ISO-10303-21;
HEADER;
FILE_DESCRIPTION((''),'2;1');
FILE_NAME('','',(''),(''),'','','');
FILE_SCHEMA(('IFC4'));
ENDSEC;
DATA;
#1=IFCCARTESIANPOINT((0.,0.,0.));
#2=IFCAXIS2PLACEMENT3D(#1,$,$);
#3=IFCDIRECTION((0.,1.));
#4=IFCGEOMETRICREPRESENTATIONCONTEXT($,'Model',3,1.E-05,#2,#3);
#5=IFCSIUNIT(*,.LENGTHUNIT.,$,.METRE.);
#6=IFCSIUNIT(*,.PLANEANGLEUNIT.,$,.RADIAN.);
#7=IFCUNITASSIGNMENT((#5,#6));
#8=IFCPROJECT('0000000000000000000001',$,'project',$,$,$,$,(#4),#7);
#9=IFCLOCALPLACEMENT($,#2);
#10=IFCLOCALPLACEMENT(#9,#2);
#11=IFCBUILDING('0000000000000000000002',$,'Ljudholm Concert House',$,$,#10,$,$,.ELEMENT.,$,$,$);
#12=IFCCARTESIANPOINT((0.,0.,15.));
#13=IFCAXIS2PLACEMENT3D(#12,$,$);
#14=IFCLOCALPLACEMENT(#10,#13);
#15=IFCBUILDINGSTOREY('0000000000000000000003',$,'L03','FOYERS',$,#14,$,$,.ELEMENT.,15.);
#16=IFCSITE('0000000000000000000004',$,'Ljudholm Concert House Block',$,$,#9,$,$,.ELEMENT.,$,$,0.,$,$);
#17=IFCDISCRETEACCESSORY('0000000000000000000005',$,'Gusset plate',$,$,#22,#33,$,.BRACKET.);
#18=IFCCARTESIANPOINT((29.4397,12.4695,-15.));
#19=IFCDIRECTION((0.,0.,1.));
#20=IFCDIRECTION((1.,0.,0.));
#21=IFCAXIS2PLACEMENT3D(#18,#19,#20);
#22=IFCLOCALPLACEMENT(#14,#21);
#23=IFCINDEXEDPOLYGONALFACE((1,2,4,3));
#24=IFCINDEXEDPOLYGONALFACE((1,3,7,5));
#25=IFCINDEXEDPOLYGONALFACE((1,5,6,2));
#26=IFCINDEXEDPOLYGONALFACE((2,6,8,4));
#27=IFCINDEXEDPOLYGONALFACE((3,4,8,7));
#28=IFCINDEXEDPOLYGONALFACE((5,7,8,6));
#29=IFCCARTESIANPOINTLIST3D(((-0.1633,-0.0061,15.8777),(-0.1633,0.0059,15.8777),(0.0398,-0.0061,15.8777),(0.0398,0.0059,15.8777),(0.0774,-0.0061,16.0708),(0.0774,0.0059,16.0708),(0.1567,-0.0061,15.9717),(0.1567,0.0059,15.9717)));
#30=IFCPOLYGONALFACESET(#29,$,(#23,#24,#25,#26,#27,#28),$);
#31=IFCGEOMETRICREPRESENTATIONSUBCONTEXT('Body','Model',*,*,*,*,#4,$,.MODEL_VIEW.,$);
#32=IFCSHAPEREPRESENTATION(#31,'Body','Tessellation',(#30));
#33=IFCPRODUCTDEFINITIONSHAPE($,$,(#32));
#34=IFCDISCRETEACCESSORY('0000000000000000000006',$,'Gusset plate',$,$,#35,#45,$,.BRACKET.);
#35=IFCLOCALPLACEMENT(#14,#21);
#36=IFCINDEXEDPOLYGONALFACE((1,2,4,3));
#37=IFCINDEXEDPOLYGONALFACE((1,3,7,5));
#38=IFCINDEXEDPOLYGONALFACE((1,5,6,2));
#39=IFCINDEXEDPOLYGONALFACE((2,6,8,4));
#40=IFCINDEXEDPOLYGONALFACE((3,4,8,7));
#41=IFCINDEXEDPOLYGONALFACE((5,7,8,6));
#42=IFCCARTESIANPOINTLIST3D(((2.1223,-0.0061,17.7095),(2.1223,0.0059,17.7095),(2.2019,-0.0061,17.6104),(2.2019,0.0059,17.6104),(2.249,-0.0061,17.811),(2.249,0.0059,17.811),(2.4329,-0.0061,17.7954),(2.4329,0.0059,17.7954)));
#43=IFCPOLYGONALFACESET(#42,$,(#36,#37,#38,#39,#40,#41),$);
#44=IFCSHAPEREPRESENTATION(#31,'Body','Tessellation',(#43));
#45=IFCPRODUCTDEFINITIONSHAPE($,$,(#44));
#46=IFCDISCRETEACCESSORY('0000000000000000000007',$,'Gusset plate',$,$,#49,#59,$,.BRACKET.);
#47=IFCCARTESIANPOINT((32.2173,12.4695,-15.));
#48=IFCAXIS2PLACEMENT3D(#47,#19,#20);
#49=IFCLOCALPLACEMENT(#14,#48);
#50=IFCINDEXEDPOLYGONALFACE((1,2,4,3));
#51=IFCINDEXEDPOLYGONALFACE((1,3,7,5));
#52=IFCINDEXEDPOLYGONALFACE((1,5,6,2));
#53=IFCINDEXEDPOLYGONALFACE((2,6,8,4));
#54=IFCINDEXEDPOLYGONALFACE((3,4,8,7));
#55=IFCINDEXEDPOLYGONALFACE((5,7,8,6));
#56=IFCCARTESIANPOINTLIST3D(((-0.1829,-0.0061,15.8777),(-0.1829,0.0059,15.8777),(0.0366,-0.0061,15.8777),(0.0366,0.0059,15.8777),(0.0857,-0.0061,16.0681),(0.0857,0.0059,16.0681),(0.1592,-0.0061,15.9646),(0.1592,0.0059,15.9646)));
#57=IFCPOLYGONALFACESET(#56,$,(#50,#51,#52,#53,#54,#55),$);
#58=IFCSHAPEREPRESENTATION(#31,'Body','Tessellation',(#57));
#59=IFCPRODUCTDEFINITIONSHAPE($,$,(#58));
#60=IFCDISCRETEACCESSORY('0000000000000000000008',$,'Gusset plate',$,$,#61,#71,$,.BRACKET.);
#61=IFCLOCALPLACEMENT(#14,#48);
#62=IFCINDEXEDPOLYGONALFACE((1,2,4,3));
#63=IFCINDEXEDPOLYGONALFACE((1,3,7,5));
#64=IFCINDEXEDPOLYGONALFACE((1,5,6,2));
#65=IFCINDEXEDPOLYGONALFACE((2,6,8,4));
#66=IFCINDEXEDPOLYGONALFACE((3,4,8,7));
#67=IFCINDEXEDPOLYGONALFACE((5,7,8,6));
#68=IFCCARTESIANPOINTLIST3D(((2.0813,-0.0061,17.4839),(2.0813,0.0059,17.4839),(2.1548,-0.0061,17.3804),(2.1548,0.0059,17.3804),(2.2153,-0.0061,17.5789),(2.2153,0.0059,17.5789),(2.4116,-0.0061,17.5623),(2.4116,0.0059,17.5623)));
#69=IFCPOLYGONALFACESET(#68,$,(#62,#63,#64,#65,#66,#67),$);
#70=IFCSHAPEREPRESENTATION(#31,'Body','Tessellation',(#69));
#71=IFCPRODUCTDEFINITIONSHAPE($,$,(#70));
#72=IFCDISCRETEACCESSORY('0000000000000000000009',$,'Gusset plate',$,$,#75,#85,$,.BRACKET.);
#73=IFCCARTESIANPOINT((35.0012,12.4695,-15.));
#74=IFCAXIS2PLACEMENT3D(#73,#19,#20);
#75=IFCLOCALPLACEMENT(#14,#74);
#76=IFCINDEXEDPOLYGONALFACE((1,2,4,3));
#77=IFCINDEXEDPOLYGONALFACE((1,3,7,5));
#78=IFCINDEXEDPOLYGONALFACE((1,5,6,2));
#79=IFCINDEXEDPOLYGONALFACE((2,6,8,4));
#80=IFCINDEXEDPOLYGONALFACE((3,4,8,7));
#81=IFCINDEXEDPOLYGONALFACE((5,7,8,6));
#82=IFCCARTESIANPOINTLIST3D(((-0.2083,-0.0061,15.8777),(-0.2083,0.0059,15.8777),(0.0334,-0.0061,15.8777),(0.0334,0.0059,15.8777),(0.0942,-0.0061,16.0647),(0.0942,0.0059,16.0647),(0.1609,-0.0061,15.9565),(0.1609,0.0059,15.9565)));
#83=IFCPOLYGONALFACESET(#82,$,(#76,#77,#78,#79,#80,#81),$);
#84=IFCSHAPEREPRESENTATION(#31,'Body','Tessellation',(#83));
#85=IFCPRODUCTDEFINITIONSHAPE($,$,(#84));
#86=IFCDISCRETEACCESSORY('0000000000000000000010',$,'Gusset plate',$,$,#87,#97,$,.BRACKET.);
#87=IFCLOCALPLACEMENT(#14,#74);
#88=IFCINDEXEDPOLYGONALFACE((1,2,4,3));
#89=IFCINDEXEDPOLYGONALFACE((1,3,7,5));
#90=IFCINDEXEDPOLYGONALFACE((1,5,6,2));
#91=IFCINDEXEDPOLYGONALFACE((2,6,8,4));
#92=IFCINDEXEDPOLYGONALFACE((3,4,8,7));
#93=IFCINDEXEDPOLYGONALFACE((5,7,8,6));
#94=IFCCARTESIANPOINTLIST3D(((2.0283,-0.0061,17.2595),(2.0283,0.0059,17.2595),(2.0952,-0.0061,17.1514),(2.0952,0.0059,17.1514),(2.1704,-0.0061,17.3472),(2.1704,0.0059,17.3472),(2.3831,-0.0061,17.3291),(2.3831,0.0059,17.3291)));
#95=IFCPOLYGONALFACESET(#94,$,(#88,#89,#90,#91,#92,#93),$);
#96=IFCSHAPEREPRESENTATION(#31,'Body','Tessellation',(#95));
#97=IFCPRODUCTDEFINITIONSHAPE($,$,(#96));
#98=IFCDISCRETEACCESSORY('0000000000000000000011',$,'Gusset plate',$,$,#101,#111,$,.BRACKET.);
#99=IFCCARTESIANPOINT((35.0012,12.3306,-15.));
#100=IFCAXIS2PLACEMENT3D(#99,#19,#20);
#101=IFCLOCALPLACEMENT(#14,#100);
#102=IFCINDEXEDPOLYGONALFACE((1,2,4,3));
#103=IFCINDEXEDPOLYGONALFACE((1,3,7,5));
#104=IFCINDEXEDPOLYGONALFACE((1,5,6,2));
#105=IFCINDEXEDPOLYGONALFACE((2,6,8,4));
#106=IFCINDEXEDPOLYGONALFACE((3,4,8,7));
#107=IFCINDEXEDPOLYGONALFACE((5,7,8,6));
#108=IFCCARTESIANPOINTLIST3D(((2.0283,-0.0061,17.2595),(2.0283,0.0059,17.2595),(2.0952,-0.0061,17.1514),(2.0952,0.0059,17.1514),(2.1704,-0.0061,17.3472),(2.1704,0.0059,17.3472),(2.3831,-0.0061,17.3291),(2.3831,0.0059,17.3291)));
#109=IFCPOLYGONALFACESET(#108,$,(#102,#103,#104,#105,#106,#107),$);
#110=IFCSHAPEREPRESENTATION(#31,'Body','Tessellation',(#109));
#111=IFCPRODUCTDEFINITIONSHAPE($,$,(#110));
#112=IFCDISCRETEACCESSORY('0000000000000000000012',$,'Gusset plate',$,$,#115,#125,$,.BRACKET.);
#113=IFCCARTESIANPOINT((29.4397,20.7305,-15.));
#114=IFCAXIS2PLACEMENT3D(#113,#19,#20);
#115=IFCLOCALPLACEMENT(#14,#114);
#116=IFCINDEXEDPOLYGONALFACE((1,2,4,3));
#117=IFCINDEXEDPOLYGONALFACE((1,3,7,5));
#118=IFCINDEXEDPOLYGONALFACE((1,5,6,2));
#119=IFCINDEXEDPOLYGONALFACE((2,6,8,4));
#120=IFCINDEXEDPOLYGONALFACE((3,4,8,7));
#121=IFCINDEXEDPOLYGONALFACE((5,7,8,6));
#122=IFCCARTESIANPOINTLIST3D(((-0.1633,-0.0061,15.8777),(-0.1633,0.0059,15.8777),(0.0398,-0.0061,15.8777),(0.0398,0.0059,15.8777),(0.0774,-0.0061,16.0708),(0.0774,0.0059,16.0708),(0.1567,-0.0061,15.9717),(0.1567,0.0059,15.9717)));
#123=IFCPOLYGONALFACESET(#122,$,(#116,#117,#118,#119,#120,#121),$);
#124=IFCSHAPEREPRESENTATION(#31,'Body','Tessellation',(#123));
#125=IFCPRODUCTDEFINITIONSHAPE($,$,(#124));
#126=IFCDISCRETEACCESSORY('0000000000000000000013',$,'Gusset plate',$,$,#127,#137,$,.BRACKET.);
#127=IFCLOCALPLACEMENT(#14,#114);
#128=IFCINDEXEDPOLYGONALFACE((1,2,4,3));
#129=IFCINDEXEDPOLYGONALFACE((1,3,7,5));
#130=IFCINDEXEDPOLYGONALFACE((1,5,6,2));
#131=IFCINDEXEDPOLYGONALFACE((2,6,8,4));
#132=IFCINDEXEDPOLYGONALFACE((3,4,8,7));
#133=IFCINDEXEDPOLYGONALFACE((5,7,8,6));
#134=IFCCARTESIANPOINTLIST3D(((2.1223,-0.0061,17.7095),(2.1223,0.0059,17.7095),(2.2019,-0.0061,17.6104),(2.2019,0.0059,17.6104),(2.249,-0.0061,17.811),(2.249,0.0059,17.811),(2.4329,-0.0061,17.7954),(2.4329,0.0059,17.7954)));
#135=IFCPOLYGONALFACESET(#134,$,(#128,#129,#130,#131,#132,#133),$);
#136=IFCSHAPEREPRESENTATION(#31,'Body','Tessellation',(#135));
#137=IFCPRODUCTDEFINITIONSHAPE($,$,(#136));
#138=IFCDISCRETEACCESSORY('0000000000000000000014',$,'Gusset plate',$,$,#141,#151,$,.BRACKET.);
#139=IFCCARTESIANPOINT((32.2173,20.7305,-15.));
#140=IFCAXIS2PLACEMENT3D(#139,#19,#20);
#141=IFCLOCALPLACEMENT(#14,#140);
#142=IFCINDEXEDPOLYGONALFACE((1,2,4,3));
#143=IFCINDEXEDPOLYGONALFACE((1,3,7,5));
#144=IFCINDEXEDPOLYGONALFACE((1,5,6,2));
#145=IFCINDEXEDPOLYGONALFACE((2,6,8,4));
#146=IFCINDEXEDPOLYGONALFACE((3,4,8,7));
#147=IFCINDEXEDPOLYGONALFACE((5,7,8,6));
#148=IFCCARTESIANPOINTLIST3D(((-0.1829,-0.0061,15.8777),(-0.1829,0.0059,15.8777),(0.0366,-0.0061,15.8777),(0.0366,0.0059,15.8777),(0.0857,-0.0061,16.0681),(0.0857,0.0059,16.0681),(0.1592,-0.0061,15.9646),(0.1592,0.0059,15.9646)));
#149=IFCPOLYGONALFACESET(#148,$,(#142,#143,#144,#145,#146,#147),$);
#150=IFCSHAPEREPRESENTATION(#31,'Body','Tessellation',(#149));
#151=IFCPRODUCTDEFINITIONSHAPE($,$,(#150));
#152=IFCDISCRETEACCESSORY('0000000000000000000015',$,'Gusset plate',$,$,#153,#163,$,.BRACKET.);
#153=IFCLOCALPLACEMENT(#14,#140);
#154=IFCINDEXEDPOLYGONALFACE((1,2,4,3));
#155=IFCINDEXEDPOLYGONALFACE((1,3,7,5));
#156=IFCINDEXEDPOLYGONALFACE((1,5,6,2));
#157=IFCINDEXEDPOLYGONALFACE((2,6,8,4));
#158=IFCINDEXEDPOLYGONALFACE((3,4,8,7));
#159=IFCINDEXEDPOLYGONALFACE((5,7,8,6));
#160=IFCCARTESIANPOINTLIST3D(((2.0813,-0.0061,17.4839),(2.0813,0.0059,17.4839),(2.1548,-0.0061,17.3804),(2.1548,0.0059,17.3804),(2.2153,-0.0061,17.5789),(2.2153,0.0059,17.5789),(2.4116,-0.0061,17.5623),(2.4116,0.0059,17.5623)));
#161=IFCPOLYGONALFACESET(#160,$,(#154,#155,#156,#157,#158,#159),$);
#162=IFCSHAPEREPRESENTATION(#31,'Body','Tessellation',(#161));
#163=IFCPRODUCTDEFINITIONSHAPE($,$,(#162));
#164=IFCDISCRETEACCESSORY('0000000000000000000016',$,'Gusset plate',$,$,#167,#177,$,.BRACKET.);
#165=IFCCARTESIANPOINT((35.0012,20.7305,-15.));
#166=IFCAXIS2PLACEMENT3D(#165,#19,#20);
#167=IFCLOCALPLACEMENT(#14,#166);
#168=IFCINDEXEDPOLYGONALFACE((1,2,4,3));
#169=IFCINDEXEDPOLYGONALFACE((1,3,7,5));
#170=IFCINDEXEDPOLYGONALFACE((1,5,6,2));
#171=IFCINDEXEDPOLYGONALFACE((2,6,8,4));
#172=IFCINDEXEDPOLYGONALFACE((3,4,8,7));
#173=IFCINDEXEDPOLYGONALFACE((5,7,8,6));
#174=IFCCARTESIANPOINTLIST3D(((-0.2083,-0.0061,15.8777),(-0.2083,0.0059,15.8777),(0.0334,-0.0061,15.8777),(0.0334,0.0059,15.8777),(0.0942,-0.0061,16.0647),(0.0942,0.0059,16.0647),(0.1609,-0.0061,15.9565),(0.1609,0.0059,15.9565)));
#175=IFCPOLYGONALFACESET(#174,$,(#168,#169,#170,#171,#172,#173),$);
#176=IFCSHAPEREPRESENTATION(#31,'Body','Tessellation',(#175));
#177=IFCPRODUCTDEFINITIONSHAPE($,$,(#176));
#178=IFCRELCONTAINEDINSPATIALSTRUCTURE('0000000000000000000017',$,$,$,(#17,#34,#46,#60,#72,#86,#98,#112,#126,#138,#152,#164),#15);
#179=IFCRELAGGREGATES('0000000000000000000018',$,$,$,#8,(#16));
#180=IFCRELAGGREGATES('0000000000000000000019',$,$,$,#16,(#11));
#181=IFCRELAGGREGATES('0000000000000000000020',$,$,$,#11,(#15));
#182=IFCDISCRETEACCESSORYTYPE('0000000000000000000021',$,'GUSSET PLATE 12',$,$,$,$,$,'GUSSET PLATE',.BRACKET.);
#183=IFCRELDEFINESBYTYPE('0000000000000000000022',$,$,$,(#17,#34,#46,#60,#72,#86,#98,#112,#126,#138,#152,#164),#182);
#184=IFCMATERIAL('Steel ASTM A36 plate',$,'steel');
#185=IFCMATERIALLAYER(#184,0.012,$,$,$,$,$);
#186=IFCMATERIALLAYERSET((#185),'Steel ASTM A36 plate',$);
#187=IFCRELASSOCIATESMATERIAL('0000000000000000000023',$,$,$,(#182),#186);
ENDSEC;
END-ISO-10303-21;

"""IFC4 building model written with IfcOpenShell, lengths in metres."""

from ifc_helpers import new_model, si_unit, direction, frame, origin, place, context, subcontext, project, spatial, polyline, outline, extrude, material, layer, layer_set, type_object, element, save


model = new_model("IFC4")

# Units and contexts
model_context = context("Model", 3, precision=1e-05, world=origin(), true_north=direction((0.0, 1.0)))
body_context = subcontext(model_context, "Body", "Model", "MODEL_VIEW")
ifc_project = project(units=[si_unit("LENGTHUNIT", "METRE"), si_unit("PLANEANGLEUNIT", "RADIAN")], contexts=[model_context])

# Site, building, storey
site_placement = place(None, origin())
site = spatial("IfcSite", under=ifc_project, at=site_placement, Name="Ljudholm Concert House Block", CompositionType="ELEMENT", RefElevation=0.0)
building_placement = place(site_placement, origin())
building = spatial("IfcBuilding", under=site, at=building_placement, Name="Ljudholm Concert House", CompositionType="ELEMENT")
storey_placement = place(building_placement, frame((0.0, 0.0, 15.0)))
storey = spatial("IfcBuildingStorey", under=building, at=storey_placement, Name="L03", Description="FOYERS", CompositionType="ELEMENT", Elevation=15.0)

# Discrete accessories
ifc_material_1 = material(Name="Steel ASTM A36 plate", Category="steel")
ifc_layer_1 = layer(ifc_material_1, 0.012)
ifc_layer_set_1 = layer_set([ifc_layer_1], Name="Steel ASTM A36 plate")
discrete_accessory_type_1 = type_object("IfcDiscreteAccessoryType", Name="GUSSET PLATE 12", ElementType="GUSSET PLATE", PredefinedType="BRACKET", material=ifc_layer_set_1)
discrete_accessory_1_placement = place(storey_placement, frame((29.4397, 12.4695, -15.0), z_axis=(0.0, 0.0, 1.0), x_axis=(1.0, 0.0, 0.0)))
element("IfcDiscreteAccessory", 1, at=discrete_accessory_1_placement, inside=storey, type_object=discrete_accessory_type_1, Name="Gusset plate", PredefinedType="BRACKET", context=body_context, shape_type="SweptSolid", body=[
    extrude(outline(polyline([(0.1567, 15.9717), (0.0398, 15.8777), (-0.1633, 15.8777), (0.0774, 16.0708), (0.1567, 15.9717)])), frame((0.0, 0.0059, 0.0), z_axis=(0.0, -1.0, 0.0), x_axis=(1.0, 0.0, 0.0)), (0.0, 0.0, 1.0), 0.012),
])
discrete_accessory_2_placement = place(storey_placement, frame((29.4397, 12.4695, -15.0), z_axis=(0.0, 0.0, 1.0), x_axis=(1.0, 0.0, 0.0)))
element("IfcDiscreteAccessory", 2, at=discrete_accessory_2_placement, inside=storey, type_object=discrete_accessory_type_1, Name="Gusset plate", PredefinedType="BRACKET", context=body_context, shape_type="SweptSolid", body=[
    extrude(outline(polyline([(2.1223, 17.7095), (2.249, 17.811), (2.4329, 17.7954), (2.2019, 17.6104), (2.1223, 17.7095)])), frame((0.0, 0.0059, 0.0), z_axis=(0.0, -1.0, 0.0), x_axis=(1.0, 0.0, 0.0)), (0.0, 0.0, 1.0), 0.012),
])
discrete_accessory_3_placement = place(storey_placement, frame((32.2173, 12.4695, -15.0), z_axis=(0.0, 0.0, 1.0), x_axis=(1.0, 0.0, 0.0)))
element("IfcDiscreteAccessory", 3, at=discrete_accessory_3_placement, inside=storey, type_object=discrete_accessory_type_1, Name="Gusset plate", PredefinedType="BRACKET", context=body_context, shape_type="SweptSolid", body=[
    extrude(outline(polyline([(0.1592, 15.9646), (0.0366, 15.8777), (-0.1829, 15.8777), (0.0857, 16.0681), (0.1592, 15.9646)])), frame((0.0, 0.0059, 0.0), z_axis=(0.0, -1.0, 0.0), x_axis=(1.0, 0.0, 0.0)), (0.0, 0.0, 1.0), 0.012),
])
discrete_accessory_4_placement = place(storey_placement, frame((32.2173, 12.4695, -15.0), z_axis=(0.0, 0.0, 1.0), x_axis=(1.0, 0.0, 0.0)))
element("IfcDiscreteAccessory", 4, at=discrete_accessory_4_placement, inside=storey, type_object=discrete_accessory_type_1, Name="Gusset plate", PredefinedType="BRACKET", context=body_context, shape_type="SweptSolid", body=[
    extrude(outline(polyline([(2.0813, 17.4839), (2.2153, 17.5789), (2.4116, 17.5623), (2.1548, 17.3804), (2.0813, 17.4839)])), frame((0.0, 0.0059, 0.0), z_axis=(0.0, -1.0, 0.0), x_axis=(1.0, 0.0, 0.0)), (0.0, 0.0, 1.0), 0.012),
])
discrete_accessory_5_placement = place(storey_placement, frame((35.0012, 12.4695, -15.0), z_axis=(0.0, 0.0, 1.0), x_axis=(1.0, 0.0, 0.0)))
element("IfcDiscreteAccessory", 5, at=discrete_accessory_5_placement, inside=storey, type_object=discrete_accessory_type_1, Name="Gusset plate", PredefinedType="BRACKET", context=body_context, shape_type="SweptSolid", body=[
    extrude(outline(polyline([(0.1609, 15.9565), (0.0334, 15.8777), (-0.2083, 15.8777), (0.0942, 16.0647), (0.1609, 15.9565)])), frame((0.0, 0.0059, 0.0), z_axis=(0.0, -1.0, 0.0), x_axis=(1.0, 0.0, 0.0)), (0.0, 0.0, 1.0), 0.012),
])
for number, where, z_axis, x_axis, name in (
    (6, (35.0012, 12.4695, -15.0), (0.0, 0.0, 1.0), (1.0, 0.0, 0.0), "Gusset plate"),
    (7, (35.0012, 12.3306, -15.0), (0.0, 0.0, 1.0), (1.0, 0.0, 0.0), "Gusset plate"),
):
    element("IfcDiscreteAccessory", number, at=place(storey_placement, frame(where, z_axis=z_axis, x_axis=x_axis)), inside=storey, type_object=discrete_accessory_type_1, Name=name, PredefinedType="BRACKET", context=body_context, shape_type="SweptSolid", body=[
        extrude(outline(polyline([(2.0283, 17.2595), (2.1704, 17.3472), (2.3831, 17.3291), (2.0952, 17.1514), (2.0283, 17.2595)])), frame((0.0, 0.0059, 0.0), z_axis=(0.0, -1.0, 0.0), x_axis=(1.0, 0.0, 0.0)), (0.0, 0.0, 1.0), 0.012),
    ])
discrete_accessory_6_placement = place(storey_placement, frame((29.4397, 20.7305, -15.0), z_axis=(0.0, 0.0, 1.0), x_axis=(1.0, 0.0, 0.0)))
element("IfcDiscreteAccessory", 8, at=discrete_accessory_6_placement, inside=storey, type_object=discrete_accessory_type_1, Name="Gusset plate", PredefinedType="BRACKET", context=body_context, shape_type="SweptSolid", body=[
    extrude(outline(polyline([(0.1567, 15.9717), (0.0398, 15.8777), (-0.1633, 15.8777), (0.0774, 16.0708), (0.1567, 15.9717)])), frame((0.0, 0.0059, 0.0), z_axis=(0.0, -1.0, 0.0), x_axis=(1.0, 0.0, 0.0)), (0.0, 0.0, 1.0), 0.012),
])
discrete_accessory_7_placement = place(storey_placement, frame((29.4397, 20.7305, -15.0), z_axis=(0.0, 0.0, 1.0), x_axis=(1.0, 0.0, 0.0)))
element("IfcDiscreteAccessory", 9, at=discrete_accessory_7_placement, inside=storey, type_object=discrete_accessory_type_1, Name="Gusset plate", PredefinedType="BRACKET", context=body_context, shape_type="SweptSolid", body=[
    extrude(outline(polyline([(2.1223, 17.7095), (2.249, 17.811), (2.4329, 17.7954), (2.2019, 17.6104), (2.1223, 17.7095)])), frame((0.0, 0.0059, 0.0), z_axis=(0.0, -1.0, 0.0), x_axis=(1.0, 0.0, 0.0)), (0.0, 0.0, 1.0), 0.012),
])
discrete_accessory_8_placement = place(storey_placement, frame((32.2173, 20.7305, -15.0), z_axis=(0.0, 0.0, 1.0), x_axis=(1.0, 0.0, 0.0)))
element("IfcDiscreteAccessory", 10, at=discrete_accessory_8_placement, inside=storey, type_object=discrete_accessory_type_1, Name="Gusset plate", PredefinedType="BRACKET", context=body_context, shape_type="SweptSolid", body=[
    extrude(outline(polyline([(0.1592, 15.9646), (0.0366, 15.8777), (-0.1829, 15.8777), (0.0857, 16.0681), (0.1592, 15.9646)])), frame((0.0, 0.0059, 0.0), z_axis=(0.0, -1.0, 0.0), x_axis=(1.0, 0.0, 0.0)), (0.0, 0.0, 1.0), 0.012),
])
discrete_accessory_9_placement = place(storey_placement, frame((32.2173, 20.7305, -15.0), z_axis=(0.0, 0.0, 1.0), x_axis=(1.0, 0.0, 0.0)))
element("IfcDiscreteAccessory", 11, at=discrete_accessory_9_placement, inside=storey, type_object=discrete_accessory_type_1, Name="Gusset plate", PredefinedType="BRACKET", context=body_context, shape_type="SweptSolid", body=[
    extrude(outline(polyline([(2.0813, 17.4839), (2.2153, 17.5789), (2.4116, 17.5623), (2.1548, 17.3804), (2.0813, 17.4839)])), frame((0.0, 0.0059, 0.0), z_axis=(0.0, -1.0, 0.0), x_axis=(1.0, 0.0, 0.0)), (0.0, 0.0, 1.0), 0.012),
])
discrete_accessory_10_placement = place(storey_placement, frame((35.0012, 20.7305, -15.0), z_axis=(0.0, 0.0, 1.0), x_axis=(1.0, 0.0, 0.0)))
element("IfcDiscreteAccessory", 12, at=discrete_accessory_10_placement, inside=storey, type_object=discrete_accessory_type_1, Name="Gusset plate", PredefinedType="BRACKET", context=body_context, shape_type="SweptSolid", body=[
    extrude(outline(polyline([(0.1609, 15.9565), (0.0334, 15.8777), (-0.2083, 15.8777), (0.0942, 16.0647), (0.1609, 15.9565)])), frame((0.0, 0.0059, 0.0), z_axis=(0.0, -1.0, 0.0), x_axis=(1.0, 0.0, 0.0)), (0.0, 0.0, 1.0), 0.012),
])

save(model, "model.ifc")
